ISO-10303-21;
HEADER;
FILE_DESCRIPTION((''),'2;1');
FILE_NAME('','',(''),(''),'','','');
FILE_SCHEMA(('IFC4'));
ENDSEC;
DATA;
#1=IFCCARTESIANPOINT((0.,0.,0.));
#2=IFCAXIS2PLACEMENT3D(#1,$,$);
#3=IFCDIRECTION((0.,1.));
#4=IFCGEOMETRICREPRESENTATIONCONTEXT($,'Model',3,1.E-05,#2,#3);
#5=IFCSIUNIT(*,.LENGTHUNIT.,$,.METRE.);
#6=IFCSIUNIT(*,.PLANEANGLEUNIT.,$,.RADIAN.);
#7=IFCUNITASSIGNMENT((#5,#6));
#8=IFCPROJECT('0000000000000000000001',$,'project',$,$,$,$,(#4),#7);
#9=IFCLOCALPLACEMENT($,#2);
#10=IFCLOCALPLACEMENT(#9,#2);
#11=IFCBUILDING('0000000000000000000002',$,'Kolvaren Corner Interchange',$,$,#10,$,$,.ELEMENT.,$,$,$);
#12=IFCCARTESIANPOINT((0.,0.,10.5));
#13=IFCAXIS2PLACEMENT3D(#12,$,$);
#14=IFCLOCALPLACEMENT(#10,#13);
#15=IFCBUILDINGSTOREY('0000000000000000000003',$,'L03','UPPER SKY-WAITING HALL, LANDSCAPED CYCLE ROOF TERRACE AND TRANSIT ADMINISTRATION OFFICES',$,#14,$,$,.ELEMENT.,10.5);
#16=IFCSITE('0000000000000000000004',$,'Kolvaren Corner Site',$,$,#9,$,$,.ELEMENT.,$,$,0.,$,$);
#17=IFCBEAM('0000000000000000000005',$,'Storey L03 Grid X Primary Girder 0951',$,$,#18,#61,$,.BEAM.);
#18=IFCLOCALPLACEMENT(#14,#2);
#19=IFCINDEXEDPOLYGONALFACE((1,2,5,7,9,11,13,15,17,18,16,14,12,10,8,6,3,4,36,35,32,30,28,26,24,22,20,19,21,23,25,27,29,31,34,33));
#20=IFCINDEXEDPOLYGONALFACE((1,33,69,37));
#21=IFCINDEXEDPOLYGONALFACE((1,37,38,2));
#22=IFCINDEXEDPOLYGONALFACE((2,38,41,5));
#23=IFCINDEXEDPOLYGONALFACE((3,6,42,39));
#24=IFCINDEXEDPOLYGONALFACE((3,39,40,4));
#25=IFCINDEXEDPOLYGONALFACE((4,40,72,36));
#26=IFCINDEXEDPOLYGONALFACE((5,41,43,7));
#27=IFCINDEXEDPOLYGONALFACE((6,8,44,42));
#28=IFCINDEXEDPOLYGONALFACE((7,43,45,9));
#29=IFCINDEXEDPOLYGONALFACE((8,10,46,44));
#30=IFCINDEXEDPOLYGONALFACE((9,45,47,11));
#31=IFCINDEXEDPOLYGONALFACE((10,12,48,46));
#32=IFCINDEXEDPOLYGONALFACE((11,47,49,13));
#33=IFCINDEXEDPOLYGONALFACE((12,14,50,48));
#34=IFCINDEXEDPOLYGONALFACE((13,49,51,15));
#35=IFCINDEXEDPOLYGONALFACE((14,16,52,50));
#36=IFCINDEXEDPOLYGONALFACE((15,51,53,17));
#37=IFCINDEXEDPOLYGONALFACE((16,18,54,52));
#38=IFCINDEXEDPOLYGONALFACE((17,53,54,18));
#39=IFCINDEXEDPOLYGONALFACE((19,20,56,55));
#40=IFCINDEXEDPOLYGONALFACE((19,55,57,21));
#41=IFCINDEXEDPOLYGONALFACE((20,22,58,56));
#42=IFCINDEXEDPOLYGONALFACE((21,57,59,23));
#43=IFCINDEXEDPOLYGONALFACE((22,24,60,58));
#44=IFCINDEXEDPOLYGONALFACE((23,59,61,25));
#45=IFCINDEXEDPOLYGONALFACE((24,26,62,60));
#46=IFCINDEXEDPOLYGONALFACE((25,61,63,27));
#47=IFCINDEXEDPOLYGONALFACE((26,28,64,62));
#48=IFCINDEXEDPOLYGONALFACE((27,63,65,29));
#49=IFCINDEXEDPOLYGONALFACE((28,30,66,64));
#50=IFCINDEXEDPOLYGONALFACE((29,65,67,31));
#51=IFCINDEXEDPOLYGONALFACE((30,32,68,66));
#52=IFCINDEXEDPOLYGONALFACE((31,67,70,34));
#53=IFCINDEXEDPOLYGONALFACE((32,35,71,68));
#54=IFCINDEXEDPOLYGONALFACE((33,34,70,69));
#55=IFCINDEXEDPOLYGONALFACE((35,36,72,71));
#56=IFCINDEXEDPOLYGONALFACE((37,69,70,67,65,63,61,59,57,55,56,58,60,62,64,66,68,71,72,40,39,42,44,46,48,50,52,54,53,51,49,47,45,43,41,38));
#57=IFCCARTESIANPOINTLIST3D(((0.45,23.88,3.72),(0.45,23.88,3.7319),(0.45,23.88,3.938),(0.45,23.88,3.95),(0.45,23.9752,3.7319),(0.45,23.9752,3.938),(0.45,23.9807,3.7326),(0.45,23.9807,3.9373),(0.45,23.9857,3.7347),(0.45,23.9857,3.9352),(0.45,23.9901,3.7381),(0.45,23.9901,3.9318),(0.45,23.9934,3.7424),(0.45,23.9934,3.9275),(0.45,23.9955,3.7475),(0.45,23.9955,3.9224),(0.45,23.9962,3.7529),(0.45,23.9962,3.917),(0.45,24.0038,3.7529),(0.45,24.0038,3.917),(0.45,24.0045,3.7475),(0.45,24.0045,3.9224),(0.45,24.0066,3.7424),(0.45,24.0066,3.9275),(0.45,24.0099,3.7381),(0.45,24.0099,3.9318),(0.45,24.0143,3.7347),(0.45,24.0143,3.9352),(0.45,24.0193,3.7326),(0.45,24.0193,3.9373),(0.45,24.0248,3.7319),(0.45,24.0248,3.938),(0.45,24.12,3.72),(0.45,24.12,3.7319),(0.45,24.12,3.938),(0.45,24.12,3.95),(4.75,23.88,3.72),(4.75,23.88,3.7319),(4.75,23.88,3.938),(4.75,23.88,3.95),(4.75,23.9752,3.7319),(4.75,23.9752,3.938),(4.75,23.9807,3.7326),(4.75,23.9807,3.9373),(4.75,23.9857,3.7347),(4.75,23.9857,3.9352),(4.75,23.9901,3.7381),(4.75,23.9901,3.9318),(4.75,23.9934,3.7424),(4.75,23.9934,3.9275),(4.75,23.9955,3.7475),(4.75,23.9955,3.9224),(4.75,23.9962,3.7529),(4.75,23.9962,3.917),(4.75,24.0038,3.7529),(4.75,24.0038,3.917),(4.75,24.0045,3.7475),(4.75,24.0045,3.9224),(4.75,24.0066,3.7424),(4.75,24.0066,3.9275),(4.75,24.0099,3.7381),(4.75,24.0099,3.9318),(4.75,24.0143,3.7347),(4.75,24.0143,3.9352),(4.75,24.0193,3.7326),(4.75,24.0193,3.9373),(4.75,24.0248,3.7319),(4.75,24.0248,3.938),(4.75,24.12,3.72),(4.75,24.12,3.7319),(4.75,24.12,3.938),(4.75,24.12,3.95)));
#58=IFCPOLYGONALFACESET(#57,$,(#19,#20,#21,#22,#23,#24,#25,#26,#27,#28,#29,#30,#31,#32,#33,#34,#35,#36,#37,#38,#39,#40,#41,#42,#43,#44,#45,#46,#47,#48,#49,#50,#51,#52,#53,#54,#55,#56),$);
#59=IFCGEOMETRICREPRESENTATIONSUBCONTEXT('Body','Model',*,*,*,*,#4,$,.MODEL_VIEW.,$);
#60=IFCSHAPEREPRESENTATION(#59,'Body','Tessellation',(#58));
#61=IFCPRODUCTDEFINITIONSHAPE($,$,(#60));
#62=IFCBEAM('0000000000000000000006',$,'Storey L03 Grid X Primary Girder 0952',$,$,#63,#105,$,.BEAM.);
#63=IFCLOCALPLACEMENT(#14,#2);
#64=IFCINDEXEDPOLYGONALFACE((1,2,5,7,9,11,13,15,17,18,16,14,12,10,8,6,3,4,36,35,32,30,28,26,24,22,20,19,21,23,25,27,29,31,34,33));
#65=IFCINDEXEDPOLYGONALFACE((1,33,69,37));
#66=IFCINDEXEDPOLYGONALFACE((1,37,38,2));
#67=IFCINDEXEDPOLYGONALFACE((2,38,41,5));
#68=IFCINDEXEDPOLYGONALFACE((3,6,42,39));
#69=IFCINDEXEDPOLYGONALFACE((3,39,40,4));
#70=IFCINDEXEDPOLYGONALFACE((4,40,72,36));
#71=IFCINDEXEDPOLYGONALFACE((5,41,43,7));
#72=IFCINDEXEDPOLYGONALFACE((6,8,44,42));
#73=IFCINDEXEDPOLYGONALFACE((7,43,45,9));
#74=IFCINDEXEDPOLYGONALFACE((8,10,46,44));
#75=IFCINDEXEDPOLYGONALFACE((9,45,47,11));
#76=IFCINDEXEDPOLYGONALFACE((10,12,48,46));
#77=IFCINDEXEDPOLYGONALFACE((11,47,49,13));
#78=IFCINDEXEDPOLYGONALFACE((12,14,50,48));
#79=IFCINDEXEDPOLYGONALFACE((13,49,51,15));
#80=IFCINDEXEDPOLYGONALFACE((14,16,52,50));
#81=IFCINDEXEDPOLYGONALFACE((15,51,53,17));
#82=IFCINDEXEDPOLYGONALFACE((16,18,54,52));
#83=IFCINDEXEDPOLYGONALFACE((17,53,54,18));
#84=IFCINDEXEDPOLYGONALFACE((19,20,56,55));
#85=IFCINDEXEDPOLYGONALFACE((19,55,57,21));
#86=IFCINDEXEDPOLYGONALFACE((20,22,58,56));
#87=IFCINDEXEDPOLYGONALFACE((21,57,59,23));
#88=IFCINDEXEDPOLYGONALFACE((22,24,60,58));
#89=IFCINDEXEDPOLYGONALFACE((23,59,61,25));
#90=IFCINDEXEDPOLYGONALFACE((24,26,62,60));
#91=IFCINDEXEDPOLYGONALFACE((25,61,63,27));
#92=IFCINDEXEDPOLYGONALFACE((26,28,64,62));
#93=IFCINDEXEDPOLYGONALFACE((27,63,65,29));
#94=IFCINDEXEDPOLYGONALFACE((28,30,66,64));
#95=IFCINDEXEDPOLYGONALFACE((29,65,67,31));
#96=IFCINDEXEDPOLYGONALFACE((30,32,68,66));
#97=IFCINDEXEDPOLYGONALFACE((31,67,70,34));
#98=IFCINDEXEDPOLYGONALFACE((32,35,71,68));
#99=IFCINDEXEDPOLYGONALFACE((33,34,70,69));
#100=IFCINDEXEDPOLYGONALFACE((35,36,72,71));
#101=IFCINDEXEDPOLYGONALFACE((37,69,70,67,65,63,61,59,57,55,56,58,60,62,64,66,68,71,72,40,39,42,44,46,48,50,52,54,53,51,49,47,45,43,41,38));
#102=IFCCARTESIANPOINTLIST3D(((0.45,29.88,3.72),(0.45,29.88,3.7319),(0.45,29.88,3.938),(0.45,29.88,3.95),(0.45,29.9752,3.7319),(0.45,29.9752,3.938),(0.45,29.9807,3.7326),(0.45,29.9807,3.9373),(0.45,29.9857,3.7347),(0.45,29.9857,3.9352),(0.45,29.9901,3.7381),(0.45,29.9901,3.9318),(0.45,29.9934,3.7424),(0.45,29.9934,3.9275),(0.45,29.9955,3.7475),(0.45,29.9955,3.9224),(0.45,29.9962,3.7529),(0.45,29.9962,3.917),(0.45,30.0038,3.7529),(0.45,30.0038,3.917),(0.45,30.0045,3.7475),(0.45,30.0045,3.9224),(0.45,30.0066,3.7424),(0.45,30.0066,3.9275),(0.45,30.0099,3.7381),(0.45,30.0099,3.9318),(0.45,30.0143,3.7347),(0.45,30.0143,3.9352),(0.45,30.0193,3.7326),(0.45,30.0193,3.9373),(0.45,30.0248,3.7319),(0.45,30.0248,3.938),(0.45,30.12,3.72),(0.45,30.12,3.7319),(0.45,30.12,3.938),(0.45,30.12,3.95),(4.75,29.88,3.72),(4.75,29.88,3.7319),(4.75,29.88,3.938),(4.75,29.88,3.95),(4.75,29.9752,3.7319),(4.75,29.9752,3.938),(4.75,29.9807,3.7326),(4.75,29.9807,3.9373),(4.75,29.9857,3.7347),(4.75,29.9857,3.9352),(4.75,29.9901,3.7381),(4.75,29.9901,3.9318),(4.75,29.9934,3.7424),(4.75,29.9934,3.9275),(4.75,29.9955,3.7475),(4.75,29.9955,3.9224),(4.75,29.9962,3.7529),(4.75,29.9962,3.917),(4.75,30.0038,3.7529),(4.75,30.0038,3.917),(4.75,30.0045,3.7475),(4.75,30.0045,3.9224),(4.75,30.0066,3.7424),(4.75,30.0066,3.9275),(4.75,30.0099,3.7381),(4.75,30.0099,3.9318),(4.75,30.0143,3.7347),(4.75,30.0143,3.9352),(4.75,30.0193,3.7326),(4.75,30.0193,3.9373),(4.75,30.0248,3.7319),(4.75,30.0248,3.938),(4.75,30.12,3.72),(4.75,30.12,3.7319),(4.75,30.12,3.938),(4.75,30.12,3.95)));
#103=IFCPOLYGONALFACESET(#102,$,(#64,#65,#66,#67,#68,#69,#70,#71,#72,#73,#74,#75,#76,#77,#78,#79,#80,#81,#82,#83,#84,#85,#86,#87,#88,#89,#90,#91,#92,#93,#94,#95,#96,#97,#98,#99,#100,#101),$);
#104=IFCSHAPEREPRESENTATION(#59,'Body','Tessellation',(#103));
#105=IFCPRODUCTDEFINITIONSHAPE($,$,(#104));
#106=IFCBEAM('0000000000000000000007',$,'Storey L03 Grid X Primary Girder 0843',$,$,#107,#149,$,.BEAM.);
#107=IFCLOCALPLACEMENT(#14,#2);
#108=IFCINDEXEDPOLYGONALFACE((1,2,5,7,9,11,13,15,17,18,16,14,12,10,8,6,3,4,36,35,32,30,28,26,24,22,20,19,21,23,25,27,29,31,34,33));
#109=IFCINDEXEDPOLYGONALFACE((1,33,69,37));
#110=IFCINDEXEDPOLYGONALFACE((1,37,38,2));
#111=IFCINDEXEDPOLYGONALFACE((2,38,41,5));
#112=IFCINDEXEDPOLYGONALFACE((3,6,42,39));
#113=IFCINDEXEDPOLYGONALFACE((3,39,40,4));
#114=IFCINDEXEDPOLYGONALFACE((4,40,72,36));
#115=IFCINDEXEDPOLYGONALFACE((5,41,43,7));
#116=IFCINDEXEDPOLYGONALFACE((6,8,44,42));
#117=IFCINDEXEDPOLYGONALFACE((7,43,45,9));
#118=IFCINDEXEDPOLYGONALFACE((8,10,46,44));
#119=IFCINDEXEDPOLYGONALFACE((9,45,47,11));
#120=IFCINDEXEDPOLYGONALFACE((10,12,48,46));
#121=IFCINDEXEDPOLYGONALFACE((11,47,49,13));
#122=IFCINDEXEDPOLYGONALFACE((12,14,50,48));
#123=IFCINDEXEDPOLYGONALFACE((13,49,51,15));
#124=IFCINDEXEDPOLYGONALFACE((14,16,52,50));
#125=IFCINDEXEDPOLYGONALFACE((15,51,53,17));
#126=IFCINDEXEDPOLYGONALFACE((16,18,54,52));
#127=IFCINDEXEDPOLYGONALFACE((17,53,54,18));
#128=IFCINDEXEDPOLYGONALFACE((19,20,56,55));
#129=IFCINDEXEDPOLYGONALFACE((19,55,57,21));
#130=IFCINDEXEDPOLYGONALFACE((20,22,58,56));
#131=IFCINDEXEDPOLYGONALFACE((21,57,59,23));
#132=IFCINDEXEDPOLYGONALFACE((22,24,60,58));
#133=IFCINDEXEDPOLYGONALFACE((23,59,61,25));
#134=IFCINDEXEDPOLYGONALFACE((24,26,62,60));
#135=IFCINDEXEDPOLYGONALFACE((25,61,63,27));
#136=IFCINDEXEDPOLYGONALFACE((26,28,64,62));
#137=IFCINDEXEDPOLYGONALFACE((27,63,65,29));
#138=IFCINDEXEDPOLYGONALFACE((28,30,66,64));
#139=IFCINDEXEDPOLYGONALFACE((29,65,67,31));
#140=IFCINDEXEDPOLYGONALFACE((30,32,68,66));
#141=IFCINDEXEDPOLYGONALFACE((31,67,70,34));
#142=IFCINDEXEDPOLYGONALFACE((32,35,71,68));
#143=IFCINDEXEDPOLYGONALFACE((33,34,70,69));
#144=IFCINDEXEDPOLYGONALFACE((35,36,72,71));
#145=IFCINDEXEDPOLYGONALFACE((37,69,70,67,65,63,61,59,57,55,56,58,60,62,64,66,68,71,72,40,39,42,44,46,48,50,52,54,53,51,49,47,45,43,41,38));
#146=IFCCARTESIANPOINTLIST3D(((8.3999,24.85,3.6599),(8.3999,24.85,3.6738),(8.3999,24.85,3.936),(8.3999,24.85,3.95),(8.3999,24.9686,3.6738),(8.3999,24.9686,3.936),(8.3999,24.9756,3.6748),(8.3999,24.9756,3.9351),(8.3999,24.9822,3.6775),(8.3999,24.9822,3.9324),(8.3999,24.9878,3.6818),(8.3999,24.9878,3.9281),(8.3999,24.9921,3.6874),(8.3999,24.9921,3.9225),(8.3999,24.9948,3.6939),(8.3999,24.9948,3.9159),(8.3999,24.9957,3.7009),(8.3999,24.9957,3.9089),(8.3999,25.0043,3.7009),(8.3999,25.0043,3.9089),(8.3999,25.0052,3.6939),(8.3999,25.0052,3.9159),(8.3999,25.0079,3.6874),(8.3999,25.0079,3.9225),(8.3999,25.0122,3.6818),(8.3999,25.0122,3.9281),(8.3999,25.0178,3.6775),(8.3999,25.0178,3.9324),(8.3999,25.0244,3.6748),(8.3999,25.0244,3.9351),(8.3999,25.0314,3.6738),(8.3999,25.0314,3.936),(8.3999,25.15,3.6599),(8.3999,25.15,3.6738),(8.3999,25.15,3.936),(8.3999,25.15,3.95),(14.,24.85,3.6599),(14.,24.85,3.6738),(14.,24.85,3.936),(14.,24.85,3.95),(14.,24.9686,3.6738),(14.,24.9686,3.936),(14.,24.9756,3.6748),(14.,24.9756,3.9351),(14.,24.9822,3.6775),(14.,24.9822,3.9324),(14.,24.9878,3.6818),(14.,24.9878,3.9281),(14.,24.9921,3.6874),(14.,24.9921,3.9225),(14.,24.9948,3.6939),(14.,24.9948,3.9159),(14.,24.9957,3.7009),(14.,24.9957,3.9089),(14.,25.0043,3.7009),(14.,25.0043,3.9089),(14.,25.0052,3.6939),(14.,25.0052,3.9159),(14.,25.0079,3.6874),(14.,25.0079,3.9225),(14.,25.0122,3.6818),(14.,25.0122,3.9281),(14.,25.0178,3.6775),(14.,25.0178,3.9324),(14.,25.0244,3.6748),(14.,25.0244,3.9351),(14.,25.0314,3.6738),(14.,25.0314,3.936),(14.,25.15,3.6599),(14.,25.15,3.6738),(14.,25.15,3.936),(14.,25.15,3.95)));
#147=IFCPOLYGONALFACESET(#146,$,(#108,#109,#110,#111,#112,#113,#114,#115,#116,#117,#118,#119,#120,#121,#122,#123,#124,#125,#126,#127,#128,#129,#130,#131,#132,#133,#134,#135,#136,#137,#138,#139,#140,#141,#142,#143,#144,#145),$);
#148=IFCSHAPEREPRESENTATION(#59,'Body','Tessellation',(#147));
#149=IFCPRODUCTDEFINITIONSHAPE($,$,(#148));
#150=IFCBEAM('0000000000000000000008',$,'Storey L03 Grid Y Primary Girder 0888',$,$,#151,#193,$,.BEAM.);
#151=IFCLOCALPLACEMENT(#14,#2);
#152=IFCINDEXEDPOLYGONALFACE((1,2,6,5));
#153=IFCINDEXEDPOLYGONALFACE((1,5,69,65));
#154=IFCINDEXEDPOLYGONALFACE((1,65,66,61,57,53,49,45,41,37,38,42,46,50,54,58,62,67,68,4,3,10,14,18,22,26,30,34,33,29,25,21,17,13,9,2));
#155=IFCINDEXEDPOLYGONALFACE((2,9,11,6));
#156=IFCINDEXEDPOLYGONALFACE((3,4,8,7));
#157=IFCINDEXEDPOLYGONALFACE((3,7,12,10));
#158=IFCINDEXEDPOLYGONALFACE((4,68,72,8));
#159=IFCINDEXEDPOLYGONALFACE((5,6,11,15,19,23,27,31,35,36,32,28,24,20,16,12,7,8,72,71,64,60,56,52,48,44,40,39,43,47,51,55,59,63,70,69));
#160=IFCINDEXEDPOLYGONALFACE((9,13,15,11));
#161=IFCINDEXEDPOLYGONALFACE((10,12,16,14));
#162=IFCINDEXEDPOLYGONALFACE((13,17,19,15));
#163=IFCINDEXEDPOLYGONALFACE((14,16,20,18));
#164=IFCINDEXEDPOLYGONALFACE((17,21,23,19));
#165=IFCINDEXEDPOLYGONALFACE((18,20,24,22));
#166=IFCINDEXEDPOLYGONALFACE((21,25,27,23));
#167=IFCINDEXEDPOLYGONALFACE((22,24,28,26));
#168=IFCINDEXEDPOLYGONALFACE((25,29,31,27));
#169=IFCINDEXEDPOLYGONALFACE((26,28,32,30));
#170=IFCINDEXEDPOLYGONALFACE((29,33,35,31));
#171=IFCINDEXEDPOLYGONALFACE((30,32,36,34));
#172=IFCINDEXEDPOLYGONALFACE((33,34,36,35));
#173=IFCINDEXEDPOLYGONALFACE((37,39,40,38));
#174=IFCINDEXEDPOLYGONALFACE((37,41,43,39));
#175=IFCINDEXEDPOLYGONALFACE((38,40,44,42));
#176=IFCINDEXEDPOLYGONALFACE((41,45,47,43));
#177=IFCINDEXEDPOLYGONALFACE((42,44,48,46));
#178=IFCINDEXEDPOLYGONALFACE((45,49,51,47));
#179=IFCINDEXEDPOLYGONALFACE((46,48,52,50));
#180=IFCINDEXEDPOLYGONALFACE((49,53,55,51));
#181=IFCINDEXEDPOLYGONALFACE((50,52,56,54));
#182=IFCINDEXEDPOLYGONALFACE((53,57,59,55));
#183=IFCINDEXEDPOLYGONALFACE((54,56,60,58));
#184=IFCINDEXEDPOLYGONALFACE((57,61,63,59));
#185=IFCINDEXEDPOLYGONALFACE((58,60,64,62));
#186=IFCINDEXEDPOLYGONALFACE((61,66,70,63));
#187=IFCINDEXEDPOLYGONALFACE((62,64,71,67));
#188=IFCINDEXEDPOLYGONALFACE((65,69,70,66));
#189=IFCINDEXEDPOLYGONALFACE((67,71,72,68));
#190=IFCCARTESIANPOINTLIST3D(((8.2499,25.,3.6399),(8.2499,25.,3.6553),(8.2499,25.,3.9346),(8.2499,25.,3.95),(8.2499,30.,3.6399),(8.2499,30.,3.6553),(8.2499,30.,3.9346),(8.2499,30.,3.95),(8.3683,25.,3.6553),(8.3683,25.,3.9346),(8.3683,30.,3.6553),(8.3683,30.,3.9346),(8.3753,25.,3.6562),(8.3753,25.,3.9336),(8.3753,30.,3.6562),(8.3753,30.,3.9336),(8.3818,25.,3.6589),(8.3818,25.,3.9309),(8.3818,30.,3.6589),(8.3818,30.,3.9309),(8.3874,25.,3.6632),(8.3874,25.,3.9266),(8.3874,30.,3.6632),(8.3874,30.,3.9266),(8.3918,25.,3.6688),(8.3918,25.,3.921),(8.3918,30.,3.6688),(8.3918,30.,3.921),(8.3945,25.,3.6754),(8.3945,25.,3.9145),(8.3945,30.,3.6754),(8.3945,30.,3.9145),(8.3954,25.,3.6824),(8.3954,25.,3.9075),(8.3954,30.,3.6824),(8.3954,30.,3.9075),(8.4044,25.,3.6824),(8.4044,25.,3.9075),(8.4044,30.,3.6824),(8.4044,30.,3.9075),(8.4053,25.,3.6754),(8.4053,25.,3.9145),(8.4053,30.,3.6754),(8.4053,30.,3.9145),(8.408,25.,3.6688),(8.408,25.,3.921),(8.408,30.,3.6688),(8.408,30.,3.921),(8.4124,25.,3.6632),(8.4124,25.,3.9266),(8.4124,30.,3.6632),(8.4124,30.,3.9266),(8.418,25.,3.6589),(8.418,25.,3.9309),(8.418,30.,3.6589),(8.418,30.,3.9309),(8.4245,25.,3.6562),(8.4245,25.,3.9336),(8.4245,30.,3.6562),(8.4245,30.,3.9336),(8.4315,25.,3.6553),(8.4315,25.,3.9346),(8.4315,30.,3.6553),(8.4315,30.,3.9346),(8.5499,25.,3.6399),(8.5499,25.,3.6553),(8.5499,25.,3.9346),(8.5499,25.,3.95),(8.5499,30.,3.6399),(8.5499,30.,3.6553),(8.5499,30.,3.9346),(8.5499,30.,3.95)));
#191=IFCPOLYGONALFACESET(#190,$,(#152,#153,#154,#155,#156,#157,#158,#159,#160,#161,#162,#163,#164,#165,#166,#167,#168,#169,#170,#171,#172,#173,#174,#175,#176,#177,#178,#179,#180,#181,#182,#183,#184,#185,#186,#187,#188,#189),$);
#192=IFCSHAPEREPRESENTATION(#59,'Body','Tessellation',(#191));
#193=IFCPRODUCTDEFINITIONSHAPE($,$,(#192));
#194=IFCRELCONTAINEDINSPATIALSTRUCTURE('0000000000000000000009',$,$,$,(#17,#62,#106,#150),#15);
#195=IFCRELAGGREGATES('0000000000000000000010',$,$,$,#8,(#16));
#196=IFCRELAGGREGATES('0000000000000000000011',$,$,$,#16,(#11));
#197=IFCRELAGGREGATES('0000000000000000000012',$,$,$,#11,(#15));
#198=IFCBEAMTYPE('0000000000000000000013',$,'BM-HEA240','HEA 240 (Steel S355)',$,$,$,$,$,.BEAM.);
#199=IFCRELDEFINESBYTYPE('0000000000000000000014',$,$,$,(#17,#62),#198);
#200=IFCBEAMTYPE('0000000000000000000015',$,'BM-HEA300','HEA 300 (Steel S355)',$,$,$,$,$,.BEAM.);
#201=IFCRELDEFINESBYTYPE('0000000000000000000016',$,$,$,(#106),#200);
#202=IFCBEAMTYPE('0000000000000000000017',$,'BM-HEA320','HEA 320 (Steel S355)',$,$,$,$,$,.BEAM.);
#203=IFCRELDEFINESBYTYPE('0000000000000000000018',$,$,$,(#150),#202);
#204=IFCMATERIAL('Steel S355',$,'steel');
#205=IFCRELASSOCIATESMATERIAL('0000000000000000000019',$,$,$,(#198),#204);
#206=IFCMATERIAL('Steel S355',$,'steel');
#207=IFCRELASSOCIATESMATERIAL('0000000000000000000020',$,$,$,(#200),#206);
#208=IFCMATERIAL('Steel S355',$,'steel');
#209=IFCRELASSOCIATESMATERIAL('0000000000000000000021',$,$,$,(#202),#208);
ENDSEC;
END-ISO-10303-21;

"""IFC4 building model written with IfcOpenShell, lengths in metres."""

from ifc_helpers import new_model, si_unit, direction, frame, origin, origin_2d, place, context, subcontext, project, spatial, i_section, extrude, material, material_profile, profile_set, type_object, element, save


model = new_model("IFC4")

# Units and contexts
model_context = context("Model", 3, precision=1e-05, world=origin(), true_north=direction((0.0, 1.0)))
body_context = subcontext(model_context, "Body", "Model", "MODEL_VIEW")
ifc_project = project(units=[si_unit("LENGTHUNIT", "METRE"), si_unit("PLANEANGLEUNIT", "RADIAN")], contexts=[model_context])

# Site, building, storey
site_placement = place(None, origin())
site = spatial("IfcSite", under=ifc_project, at=site_placement, Name="Kolvaren Corner Site", CompositionType="ELEMENT", RefElevation=0.0)
building_placement = place(site_placement, origin())
building = spatial("IfcBuilding", under=site, at=building_placement, Name="Kolvaren Corner Interchange", CompositionType="ELEMENT")
storey_placement = place(building_placement, frame((0.0, 0.0, 10.5)))
storey = spatial("IfcBuildingStorey", under=building, at=storey_placement, Name="L03", Description="UPPER SKY-WAITING HALL, LANDSCAPED CYCLE ROOF TERRACE AND TRANSIT ADMINISTRATION OFFICES", CompositionType="ELEMENT", Elevation=10.5)

# Beams
ifc_material_1 = material(Name="Steel S355", Category="steel")
ifc_material_profile_1 = material_profile(ifc_material_1, i_section(OverallWidth=0.24, OverallDepth=0.23, WebThickness=0.0076, FlangeThickness=0.012, FilletRadius=0.021, at=origin_2d()), Name="HEA 240")
ifc_profile_set_1 = profile_set([ifc_material_profile_1], Name="Steel S355")
beam_type_1 = type_object("IfcBeamType", Name="BM-HEA240", Description="HEA 240 (Steel S355)", PredefinedType="BEAM", material=ifc_profile_set_1)
for number, where, z_axis, x_axis, name in (
    (1, (0.45, 24.0, 3.835), (1.0, 0.0, 0.0), (0.0, 1.0, 0.0), "Storey L03 Grid X Primary Girder 0951"),
    (2, (0.45, 30.0, 3.835), (1.0, 0.0, 0.0), (0.0, 1.0, 0.0), "Storey L03 Grid X Primary Girder 0952"),
):
    element("IfcBeam", number, at=place(storey_placement, frame(where, z_axis=z_axis, x_axis=x_axis)), inside=storey, type_object=beam_type_1, Name=name, PredefinedType="BEAM", context=body_context, shape_type="SweptSolid", body=[
        extrude(i_section(OverallWidth=0.24, OverallDepth=0.23, WebThickness=0.0076, FlangeThickness=0.012, FilletRadius=0.021, at=origin_2d()), origin(), (0.0, 0.0, 1.0), 4.3),
    ])
ifc_material_2 = material(Name="Steel S355", Category="steel")
ifc_material_profile_2 = material_profile(ifc_material_2, i_section(OverallWidth=0.3, OverallDepth=0.29, WebThickness=0.0085, FlangeThickness=0.0139, FilletRadius=0.0271, at=origin_2d()), Name="HEA 300")
ifc_profile_set_2 = profile_set([ifc_material_profile_2], Name="Steel S355")
beam_type_2 = type_object("IfcBeamType", Name="BM-HEA300", Description="HEA 300 (Steel S355)", PredefinedType="BEAM", material=ifc_profile_set_2)
beam_1_placement = place(storey_placement, frame((8.3999, 25.0, 3.8049), z_axis=(1.0, 0.0, 0.0), x_axis=(0.0, 1.0, 0.0)))
element("IfcBeam", 3, at=beam_1_placement, inside=storey, type_object=beam_type_2, Name="Storey L03 Grid X Primary Girder 0843", PredefinedType="BEAM", context=body_context, shape_type="SweptSolid", body=[
    extrude(i_section(OverallWidth=0.3, OverallDepth=0.29, WebThickness=0.0085, FlangeThickness=0.0139, FilletRadius=0.0271, at=origin_2d()), origin(), (0.0, 0.0, 1.0), 5.6001),
])
ifc_material_3 = material(Name="Steel S355", Category="steel")
ifc_material_profile_3 = material_profile(ifc_material_3, i_section(OverallWidth=0.3, OverallDepth=0.3101, WebThickness=0.009, FlangeThickness=0.0154, FilletRadius=0.0271, at=origin_2d()), Name="HEA 320")
ifc_profile_set_3 = profile_set([ifc_material_profile_3], Name="Steel S355")
beam_type_3 = type_object("IfcBeamType", Name="BM-HEA320", Description="HEA 320 (Steel S355)", PredefinedType="BEAM", material=ifc_profile_set_3)
beam_2_placement = place(storey_placement, frame((8.3999, 25.0, 3.7949), z_axis=(0.0, 1.0, 0.0), x_axis=(-1.0, 0.0, 0.0)))
element("IfcBeam", 4, at=beam_2_placement, inside=storey, type_object=beam_type_3, Name="Storey L03 Grid Y Primary Girder 0888", PredefinedType="BEAM", context=body_context, shape_type="SweptSolid", body=[
    extrude(i_section(OverallWidth=0.3, OverallDepth=0.3101, WebThickness=0.009, FlangeThickness=0.0154, FilletRadius=0.0271, at=origin_2d()), origin(), (0.0, 0.0, 1.0), 5.0),
])

save(model, "model.ifc")
